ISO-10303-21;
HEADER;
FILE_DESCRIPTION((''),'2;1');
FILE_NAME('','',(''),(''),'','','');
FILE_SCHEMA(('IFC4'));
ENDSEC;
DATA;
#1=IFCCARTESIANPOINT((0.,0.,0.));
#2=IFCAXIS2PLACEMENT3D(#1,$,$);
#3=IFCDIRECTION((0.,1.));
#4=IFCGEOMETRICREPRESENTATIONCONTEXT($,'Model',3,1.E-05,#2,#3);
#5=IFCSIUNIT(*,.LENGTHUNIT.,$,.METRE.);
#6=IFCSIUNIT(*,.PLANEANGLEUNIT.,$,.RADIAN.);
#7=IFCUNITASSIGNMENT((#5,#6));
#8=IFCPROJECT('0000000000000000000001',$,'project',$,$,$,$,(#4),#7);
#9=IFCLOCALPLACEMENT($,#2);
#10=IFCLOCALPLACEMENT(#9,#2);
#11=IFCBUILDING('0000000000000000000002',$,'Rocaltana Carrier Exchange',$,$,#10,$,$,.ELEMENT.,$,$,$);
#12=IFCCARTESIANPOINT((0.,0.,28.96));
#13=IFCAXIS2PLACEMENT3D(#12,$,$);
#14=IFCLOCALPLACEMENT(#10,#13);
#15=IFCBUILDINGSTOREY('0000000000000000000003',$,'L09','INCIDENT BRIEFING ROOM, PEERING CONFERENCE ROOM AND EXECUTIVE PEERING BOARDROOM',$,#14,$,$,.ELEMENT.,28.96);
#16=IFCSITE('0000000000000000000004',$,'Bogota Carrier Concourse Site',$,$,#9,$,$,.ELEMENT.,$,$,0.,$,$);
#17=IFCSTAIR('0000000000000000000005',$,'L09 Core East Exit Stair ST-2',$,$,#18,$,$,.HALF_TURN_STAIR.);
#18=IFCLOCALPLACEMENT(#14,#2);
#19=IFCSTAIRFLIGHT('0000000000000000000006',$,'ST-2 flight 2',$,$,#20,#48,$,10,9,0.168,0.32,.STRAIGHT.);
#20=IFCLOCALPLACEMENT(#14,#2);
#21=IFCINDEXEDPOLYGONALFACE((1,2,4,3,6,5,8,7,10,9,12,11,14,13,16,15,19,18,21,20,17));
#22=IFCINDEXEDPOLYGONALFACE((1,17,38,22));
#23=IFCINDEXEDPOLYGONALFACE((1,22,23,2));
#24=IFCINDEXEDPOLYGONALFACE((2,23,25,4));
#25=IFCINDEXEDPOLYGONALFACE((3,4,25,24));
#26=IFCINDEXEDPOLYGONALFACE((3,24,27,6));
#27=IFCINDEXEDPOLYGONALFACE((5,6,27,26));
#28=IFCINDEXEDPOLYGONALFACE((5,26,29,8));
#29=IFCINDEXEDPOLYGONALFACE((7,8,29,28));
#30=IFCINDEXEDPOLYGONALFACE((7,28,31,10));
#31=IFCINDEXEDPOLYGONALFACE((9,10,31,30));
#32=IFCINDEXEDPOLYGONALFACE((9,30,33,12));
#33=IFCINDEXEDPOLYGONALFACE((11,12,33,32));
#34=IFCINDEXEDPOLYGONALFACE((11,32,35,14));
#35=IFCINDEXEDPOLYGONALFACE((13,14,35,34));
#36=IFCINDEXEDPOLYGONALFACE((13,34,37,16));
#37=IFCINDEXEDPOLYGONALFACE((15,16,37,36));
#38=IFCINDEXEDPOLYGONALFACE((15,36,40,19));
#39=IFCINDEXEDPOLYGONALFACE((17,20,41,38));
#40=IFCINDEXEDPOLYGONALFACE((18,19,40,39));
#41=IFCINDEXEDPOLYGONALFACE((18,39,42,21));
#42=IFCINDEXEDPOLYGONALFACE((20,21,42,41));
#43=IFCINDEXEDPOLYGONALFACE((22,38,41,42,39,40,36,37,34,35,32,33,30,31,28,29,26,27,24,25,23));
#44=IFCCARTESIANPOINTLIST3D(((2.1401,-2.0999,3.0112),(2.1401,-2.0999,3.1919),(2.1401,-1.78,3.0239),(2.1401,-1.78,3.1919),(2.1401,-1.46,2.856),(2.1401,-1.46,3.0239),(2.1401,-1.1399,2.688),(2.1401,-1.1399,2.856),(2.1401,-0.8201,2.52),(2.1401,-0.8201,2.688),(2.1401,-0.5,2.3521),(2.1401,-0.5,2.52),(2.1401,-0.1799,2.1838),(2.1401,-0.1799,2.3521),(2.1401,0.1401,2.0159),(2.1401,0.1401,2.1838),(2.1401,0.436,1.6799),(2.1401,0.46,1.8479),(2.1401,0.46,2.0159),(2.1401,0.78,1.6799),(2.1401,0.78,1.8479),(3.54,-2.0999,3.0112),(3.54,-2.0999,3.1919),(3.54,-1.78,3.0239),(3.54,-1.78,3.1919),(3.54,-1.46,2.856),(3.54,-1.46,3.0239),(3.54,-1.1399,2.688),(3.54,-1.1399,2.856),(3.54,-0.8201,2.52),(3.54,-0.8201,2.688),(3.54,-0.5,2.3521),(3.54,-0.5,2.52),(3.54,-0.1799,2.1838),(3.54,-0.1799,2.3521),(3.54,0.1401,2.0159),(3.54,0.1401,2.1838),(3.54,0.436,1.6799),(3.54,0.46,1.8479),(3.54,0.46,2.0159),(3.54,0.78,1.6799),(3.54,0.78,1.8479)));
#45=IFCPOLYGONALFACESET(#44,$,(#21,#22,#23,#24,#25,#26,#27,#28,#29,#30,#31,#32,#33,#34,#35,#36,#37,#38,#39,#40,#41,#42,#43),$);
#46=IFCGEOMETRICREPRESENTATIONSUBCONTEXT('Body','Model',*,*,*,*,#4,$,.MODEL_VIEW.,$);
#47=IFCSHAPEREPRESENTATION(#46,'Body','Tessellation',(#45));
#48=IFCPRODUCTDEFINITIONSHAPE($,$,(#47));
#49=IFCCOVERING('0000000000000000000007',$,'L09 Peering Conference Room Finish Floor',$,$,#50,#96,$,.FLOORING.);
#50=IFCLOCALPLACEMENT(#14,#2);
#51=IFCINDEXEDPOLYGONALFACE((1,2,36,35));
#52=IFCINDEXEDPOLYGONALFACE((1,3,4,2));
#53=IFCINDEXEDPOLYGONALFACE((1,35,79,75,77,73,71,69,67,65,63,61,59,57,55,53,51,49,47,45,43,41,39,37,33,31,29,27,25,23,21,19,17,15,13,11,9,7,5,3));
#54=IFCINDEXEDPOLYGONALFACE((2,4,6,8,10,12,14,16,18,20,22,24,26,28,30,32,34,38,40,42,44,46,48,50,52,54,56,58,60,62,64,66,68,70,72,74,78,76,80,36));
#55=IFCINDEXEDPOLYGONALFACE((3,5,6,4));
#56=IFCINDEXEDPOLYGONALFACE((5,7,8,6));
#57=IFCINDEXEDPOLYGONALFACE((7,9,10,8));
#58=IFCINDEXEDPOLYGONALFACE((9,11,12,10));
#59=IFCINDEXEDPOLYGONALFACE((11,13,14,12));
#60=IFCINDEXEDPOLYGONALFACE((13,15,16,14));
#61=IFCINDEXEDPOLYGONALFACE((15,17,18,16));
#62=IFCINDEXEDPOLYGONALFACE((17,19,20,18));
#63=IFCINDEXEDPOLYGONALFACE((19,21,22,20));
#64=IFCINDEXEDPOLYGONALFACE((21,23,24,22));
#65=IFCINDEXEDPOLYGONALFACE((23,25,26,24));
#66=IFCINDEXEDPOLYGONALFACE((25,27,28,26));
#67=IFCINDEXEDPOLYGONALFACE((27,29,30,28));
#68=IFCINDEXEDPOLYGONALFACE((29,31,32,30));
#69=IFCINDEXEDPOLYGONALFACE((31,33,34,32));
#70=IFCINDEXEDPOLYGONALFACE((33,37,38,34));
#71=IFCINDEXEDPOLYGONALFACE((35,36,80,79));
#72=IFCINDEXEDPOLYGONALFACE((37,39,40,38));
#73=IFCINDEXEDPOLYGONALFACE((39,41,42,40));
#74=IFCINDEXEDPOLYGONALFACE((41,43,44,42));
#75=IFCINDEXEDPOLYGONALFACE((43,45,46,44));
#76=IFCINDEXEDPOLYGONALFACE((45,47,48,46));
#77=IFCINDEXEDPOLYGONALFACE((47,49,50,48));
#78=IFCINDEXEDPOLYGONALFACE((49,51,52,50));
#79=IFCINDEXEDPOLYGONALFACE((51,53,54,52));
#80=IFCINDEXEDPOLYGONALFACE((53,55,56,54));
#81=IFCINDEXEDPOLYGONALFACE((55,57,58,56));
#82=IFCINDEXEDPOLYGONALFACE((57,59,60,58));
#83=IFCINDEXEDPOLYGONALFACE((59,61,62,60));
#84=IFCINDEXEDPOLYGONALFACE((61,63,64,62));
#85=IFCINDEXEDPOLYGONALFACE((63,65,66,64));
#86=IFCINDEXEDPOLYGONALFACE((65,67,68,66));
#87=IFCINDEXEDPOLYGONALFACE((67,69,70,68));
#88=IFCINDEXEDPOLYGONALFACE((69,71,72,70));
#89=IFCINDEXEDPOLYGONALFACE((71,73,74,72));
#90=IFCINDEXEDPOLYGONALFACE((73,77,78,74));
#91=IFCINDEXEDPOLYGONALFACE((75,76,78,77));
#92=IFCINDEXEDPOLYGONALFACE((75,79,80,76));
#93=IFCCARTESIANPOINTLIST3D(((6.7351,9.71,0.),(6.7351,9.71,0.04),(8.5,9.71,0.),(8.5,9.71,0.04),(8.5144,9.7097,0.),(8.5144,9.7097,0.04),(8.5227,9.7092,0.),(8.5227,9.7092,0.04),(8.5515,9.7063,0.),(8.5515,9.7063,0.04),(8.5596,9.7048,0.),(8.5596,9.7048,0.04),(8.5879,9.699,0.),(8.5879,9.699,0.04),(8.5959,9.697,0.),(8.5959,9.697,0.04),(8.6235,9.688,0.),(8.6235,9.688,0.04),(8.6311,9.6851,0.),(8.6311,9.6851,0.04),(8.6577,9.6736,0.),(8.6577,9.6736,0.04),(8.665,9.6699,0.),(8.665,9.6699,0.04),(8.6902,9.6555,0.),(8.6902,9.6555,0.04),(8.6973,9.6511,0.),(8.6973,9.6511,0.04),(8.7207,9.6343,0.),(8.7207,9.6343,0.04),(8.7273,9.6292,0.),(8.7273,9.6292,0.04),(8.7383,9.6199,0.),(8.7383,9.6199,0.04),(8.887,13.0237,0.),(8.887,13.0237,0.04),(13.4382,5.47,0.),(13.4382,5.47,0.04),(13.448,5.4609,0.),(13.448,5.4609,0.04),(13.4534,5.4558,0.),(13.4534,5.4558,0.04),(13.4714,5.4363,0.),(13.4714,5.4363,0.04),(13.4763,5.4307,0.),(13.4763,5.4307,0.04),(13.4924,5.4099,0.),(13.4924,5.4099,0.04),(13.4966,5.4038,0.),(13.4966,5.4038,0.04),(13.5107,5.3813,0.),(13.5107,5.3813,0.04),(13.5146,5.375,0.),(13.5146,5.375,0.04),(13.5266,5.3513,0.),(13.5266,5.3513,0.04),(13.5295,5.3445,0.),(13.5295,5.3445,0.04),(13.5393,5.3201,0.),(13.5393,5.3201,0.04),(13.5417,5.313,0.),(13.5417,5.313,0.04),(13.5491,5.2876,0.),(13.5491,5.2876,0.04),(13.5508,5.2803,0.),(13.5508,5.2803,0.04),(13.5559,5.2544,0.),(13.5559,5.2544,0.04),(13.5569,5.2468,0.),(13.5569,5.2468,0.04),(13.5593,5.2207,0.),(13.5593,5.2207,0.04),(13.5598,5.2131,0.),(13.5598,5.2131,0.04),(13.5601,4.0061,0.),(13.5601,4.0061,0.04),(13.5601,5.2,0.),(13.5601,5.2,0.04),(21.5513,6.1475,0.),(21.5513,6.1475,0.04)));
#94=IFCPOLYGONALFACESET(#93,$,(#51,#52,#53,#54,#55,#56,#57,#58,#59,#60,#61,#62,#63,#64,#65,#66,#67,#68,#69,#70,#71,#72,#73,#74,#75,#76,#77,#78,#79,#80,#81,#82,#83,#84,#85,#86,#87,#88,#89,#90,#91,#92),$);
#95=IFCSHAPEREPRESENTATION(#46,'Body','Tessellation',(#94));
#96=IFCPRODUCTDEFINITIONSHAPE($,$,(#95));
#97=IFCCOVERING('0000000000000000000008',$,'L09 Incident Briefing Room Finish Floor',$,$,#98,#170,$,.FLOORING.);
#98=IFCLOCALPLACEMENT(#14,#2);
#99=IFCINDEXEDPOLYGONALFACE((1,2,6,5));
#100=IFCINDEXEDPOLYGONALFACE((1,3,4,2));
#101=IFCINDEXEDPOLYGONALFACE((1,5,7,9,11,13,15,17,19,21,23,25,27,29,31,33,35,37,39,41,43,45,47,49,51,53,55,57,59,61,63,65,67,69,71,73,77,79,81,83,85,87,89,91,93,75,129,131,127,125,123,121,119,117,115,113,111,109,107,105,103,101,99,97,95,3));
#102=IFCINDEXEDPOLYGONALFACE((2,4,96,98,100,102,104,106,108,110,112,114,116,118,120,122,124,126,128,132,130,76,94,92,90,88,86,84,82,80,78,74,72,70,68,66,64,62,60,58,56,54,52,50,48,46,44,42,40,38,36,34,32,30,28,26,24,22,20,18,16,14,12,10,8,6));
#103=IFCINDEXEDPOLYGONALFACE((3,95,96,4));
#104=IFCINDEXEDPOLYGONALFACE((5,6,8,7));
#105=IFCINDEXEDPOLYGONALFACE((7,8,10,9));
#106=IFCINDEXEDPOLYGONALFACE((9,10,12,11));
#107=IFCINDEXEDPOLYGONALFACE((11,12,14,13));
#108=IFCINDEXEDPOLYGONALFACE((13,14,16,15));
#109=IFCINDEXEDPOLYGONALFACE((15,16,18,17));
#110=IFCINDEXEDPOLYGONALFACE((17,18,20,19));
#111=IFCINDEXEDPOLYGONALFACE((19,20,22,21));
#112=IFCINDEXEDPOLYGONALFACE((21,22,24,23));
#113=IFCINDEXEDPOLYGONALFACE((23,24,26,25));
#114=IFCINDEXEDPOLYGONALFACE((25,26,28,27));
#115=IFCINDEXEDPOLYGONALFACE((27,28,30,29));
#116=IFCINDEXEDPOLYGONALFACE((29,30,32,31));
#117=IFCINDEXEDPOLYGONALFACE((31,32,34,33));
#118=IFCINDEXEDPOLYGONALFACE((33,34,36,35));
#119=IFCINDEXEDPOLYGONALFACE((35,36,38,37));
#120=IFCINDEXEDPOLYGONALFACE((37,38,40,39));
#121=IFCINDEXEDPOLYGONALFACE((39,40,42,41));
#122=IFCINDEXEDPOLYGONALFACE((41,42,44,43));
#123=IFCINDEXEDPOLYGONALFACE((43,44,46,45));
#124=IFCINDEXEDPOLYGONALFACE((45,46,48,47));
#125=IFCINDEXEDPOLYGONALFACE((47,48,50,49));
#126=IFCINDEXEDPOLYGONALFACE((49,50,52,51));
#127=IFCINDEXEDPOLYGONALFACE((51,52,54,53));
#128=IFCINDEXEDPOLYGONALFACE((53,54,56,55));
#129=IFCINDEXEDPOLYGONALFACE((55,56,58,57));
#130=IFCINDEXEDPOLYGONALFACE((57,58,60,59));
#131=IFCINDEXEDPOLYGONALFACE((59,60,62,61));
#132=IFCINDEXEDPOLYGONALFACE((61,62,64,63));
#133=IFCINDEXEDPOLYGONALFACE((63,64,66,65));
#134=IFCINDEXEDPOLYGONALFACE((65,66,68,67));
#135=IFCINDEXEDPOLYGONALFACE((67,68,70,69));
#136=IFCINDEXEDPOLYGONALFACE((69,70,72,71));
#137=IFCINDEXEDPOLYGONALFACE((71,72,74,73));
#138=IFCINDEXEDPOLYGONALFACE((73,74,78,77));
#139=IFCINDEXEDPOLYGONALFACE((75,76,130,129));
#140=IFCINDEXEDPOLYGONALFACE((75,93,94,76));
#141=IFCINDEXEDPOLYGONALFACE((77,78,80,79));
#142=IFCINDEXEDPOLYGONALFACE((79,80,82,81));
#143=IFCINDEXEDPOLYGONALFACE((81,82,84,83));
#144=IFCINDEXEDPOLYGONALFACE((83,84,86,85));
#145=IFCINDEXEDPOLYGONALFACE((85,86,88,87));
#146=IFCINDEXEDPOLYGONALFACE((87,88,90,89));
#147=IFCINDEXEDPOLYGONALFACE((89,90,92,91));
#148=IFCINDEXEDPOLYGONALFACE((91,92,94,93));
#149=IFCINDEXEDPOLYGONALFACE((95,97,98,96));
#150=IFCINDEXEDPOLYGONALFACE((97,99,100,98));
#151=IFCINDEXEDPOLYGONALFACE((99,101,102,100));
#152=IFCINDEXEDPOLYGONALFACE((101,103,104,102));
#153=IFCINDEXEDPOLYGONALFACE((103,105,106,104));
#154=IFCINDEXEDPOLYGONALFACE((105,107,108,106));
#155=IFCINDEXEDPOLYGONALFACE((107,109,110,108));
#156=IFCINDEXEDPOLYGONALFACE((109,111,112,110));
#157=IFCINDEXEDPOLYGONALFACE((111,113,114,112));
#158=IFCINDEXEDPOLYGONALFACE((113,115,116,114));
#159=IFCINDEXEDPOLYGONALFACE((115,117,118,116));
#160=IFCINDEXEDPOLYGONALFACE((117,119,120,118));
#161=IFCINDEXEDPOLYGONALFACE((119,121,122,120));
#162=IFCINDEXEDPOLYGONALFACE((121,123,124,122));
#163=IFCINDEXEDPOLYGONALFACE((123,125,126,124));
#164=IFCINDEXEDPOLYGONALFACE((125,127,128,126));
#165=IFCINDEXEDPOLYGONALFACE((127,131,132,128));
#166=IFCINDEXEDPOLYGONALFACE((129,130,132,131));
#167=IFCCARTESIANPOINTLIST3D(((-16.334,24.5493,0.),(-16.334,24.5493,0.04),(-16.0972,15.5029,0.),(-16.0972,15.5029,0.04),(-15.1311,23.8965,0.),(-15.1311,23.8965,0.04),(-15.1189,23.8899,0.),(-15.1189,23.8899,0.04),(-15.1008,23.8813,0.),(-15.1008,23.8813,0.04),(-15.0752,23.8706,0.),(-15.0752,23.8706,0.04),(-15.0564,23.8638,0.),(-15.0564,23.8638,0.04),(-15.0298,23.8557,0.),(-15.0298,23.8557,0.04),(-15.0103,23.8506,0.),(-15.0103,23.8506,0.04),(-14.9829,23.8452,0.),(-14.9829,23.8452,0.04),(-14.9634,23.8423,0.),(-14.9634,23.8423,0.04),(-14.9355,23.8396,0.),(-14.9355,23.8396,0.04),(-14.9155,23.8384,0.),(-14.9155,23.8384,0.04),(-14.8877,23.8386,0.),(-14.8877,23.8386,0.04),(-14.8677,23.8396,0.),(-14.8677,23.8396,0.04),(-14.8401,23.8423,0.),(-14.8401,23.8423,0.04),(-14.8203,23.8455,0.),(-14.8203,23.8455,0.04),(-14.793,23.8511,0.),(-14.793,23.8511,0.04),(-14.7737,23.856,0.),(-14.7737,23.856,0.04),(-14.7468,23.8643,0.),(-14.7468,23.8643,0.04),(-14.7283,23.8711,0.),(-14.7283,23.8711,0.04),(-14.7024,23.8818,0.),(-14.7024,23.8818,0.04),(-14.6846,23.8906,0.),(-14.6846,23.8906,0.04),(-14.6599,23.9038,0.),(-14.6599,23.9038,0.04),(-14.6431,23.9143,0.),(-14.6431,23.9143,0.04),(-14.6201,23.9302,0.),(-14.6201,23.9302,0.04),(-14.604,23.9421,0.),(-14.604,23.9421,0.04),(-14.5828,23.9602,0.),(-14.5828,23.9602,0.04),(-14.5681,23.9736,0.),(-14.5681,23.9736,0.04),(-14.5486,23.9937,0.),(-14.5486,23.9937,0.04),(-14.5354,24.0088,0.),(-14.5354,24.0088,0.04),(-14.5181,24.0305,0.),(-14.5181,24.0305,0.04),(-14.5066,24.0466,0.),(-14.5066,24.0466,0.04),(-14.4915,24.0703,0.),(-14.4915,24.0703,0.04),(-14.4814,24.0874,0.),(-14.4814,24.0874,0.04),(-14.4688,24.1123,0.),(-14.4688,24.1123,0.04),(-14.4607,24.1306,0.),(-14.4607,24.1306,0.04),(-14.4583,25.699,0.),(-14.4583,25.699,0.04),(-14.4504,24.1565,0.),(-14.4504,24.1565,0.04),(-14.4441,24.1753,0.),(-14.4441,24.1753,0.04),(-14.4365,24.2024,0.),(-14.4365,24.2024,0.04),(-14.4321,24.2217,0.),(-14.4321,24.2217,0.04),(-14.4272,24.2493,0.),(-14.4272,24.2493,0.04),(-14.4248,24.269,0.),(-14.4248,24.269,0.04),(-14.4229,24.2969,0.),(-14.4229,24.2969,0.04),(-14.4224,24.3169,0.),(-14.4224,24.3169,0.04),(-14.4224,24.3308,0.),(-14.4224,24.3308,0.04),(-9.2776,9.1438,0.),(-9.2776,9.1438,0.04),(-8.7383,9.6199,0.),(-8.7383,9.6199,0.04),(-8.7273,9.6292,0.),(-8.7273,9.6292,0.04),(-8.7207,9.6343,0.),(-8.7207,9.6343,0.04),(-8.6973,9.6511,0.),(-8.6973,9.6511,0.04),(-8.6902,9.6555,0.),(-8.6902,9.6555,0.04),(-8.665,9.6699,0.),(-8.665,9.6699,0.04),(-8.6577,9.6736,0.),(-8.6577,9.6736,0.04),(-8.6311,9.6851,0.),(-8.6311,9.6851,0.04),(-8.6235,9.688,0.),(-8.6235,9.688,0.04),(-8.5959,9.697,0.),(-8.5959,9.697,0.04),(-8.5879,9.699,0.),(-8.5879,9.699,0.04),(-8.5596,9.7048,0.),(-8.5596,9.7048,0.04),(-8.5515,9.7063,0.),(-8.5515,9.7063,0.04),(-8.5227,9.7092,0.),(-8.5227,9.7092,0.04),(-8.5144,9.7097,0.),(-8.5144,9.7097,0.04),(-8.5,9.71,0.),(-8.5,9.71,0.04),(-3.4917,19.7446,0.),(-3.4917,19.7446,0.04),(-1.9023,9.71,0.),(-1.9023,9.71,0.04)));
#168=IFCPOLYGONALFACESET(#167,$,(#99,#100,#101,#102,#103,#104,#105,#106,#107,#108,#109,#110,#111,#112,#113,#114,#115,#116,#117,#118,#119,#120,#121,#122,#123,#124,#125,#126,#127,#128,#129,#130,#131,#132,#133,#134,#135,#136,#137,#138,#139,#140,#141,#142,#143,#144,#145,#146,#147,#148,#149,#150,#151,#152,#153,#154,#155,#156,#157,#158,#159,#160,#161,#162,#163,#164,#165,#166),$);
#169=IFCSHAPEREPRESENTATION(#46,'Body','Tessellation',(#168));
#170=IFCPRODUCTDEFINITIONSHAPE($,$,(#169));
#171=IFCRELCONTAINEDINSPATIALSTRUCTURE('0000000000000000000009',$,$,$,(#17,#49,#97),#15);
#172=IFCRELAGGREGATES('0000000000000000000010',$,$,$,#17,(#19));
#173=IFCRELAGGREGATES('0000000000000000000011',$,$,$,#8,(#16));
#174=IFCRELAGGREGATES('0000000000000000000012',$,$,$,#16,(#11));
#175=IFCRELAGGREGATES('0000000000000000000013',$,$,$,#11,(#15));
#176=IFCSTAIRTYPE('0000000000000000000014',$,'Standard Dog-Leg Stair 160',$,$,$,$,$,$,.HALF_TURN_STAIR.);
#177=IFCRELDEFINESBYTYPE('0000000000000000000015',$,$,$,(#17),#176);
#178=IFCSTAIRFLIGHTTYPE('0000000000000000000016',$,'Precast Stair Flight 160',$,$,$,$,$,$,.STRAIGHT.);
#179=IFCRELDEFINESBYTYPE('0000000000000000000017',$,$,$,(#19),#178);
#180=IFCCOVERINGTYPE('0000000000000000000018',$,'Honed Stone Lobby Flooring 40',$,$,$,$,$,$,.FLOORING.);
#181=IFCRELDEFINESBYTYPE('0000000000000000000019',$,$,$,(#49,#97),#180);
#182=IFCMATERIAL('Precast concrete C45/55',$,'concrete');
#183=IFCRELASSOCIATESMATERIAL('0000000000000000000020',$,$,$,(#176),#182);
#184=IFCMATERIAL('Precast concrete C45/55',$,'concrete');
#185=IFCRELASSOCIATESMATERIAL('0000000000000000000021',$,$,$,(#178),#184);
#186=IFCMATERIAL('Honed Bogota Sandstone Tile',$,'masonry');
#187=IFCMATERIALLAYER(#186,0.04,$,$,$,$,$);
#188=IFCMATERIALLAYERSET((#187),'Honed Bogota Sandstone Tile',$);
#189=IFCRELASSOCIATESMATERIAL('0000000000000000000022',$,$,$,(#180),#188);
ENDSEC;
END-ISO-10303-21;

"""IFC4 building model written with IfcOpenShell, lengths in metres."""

from ifc_helpers import new_model, si_unit, direction, frame, origin, place, context, subcontext, project, spatial, polyline, outline, extrude, material, layer, layer_set, type_object, element, aggregate, save


model = new_model("IFC4")

# Units and contexts
model_context = context("Model", 3, precision=1e-05, world=origin(), true_north=direction((0.0, 1.0)))
body_context = subcontext(model_context, "Body", "Model", "MODEL_VIEW")
ifc_project = project(units=[si_unit("LENGTHUNIT", "METRE"), si_unit("PLANEANGLEUNIT", "RADIAN")], contexts=[model_context])

# Site, building, storey
site_placement = place(None, origin())
site = spatial("IfcSite", under=ifc_project, at=site_placement, Name="Bogota Carrier Concourse Site", CompositionType="ELEMENT", RefElevation=0.0)
building_placement = place(site_placement, origin())
building = spatial("IfcBuilding", under=site, at=building_placement, Name="Rocaltana Carrier Exchange", CompositionType="ELEMENT")
storey_placement = place(building_placement, frame((0.0, 0.0, 28.96)))
storey = spatial("IfcBuildingStorey", under=building, at=storey_placement, Name="L09", Description="INCIDENT BRIEFING ROOM, PEERING CONFERENCE ROOM AND EXECUTIVE PEERING BOARDROOM", CompositionType="ELEMENT", Elevation=28.96)

# Stair, stair flight
ifc_material_1 = material(Name="Precast concrete C45/55", Category="concrete")
stair_type = type_object("IfcStairType", Name="Standard Dog-Leg Stair 160", PredefinedType="HALF_TURN_STAIR", material=ifc_material_1)
stair_placement = place(storey_placement, origin())
stair = element("IfcStair", 1, at=stair_placement, inside=storey, type_object=stair_type, Name="L09 Core East Exit Stair ST-2", PredefinedType="HALF_TURN_STAIR")
ifc_material_2 = material(Name="Precast concrete C45/55", Category="concrete")
stair_flight_type = type_object("IfcStairFlightType", Name="Precast Stair Flight 160", PredefinedType="STRAIGHT", material=ifc_material_2)
stair_flight_placement = place(storey_placement, frame((2.8401, 0.78, 1.6799), z_axis=(0.0, 0.0, 1.0), x_axis=(0.0, -1.0, 0.0)))
stair_flight = element("IfcStairFlight", 2, at=stair_flight_placement, type_object=stair_flight_type, Name="ST-2 flight 2", NumberOfRisers=10, NumberOfTreads=9, PredefinedType="STRAIGHT", RiserHeight=0.168, TreadLength=0.32, context=body_context, shape_type="SweptSolid", body=[
    extrude(outline(polyline([(0.0, 0.0), (0.0, 0.168), (0.3201, 0.168), (0.3201, 0.3359), (0.6399, 0.3359), (0.6399, 0.5039), (0.96, 0.5039), (0.96, 0.6721), (1.28, 0.6721), (1.28, 0.8401), (1.6001, 0.8401), (1.6001, 1.0081), (1.9199, 1.0081), (1.9199, 1.176), (2.24, 1.176), (2.24, 1.344), (2.5601, 1.344), (2.5601, 1.512), (2.8799, 1.512), (2.8799, 1.6799), (2.8799, 1.3313), (0.344, 0.0), (0.0, 0.0)])), frame((0.0, 0.7, 0.0), z_axis=(0.0, -1.0, 0.0), x_axis=(1.0, 0.0, 0.0)), (0.0, 0.0, 1.0), 1.3999),
])
aggregate(stair, [stair_flight])

# Coverings
ifc_material_3 = material(Name="Honed Bogota Sandstone Tile", Category="masonry")
ifc_layer_1 = layer(ifc_material_3, 0.04)
ifc_layer_set_1 = layer_set([ifc_layer_1], Name="Honed Bogota Sandstone Tile")
covering_type_1 = type_object("IfcCoveringType", Name="Honed Stone Lobby Flooring 40", PredefinedType="FLOORING", material=ifc_layer_set_1)
covering_1_placement = place(storey_placement, origin())
element("IfcCovering", 3, at=covering_1_placement, inside=storey, type_object=covering_type_1, Name="L09 Peering Conference Room Finish Floor", PredefinedType="FLOORING", context=body_context, shape_type="SweptSolid", body=[
    extrude(outline(polyline([(21.5513, 6.1475), (13.5601, 4.0061), (13.5601, 5.2), (13.5598, 5.2131), (13.5593, 5.2207), (13.5569, 5.2468), (13.5559, 5.2544), (13.5508, 5.2803), (13.5491, 5.2876), (13.5417, 5.313), (13.5393, 5.3201), (13.5295, 5.3445), (13.5266, 5.3513), (13.5146, 5.375), (13.5107, 5.3813), (13.4966, 5.4038), (13.4924, 5.4099), (13.4763, 5.4307), (13.4714, 5.4363), (13.4534, 5.4558), (13.448, 5.4609), (13.4382, 5.47), (8.7383, 9.6199), (8.7273, 9.6292), (8.7207, 9.6343), (8.6973, 9.6511), (8.6902, 9.6555), (8.665, 9.6699), (8.6577, 9.6736), (8.6311, 9.6851), (8.6235, 9.688), (8.5959, 9.697), (8.5879, 9.699), (8.5596, 9.7048), (8.5515, 9.7063), (8.5227, 9.7092), (8.5144, 9.7097), (8.5, 9.71), (6.7351, 9.71), (8.887, 13.0237), (21.5513, 6.1475)])), origin(), (0.0, 0.0, 1.0), 0.04),
])
covering_2_placement = place(storey_placement, origin())
element("IfcCovering", 4, at=covering_2_placement, inside=storey, type_object=covering_type_1, Name="L09 Incident Briefing Room Finish Floor", PredefinedType="FLOORING", context=body_context, shape_type="SweptSolid", body=[
    extrude(outline(polyline([(-16.334, 24.5493), (-15.1311, 23.8965), (-15.1189, 23.8899), (-15.1008, 23.8813), (-15.0752, 23.8706), (-15.0564, 23.8638), (-15.0298, 23.8557), (-15.0103, 23.8506), (-14.9829, 23.8452), (-14.9634, 23.8423), (-14.9355, 23.8396), (-14.9155, 23.8384), (-14.8877, 23.8386), (-14.8677, 23.8396), (-14.8401, 23.8423), (-14.8203, 23.8455), (-14.793, 23.8511), (-14.7737, 23.856), (-14.7468, 23.8643), (-14.7283, 23.8711), (-14.7024, 23.8818), (-14.6846, 23.8906), (-14.6599, 23.9038), (-14.6431, 23.9143), (-14.6201, 23.9302), (-14.604, 23.9421), (-14.5828, 23.9602), (-14.5681, 23.9736), (-14.5486, 23.9937), (-14.5354, 24.0088), (-14.5181, 24.0305), (-14.5066, 24.0466), (-14.4915, 24.0703), (-14.4814, 24.0874), (-14.4688, 24.1123), (-14.4607, 24.1306), (-14.4504, 24.1565), (-14.4441, 24.1753), (-14.4365, 24.2024), (-14.4321, 24.2217), (-14.4272, 24.2493), (-14.4248, 24.269), (-14.4229, 24.2969), (-14.4224, 24.3169), (-14.4224, 24.3308), (-14.4583, 25.699), (-3.4917, 19.7446), (-1.9023, 9.71), (-8.5, 9.71), (-8.5144, 9.7097), (-8.5227, 9.7092), (-8.5515, 9.7063), (-8.5596, 9.7048), (-8.5879, 9.699), (-8.5959, 9.697), (-8.6235, 9.688), (-8.6311, 9.6851), (-8.6577, 9.6736), (-8.665, 9.6699), (-8.6902, 9.6555), (-8.6973, 9.6511), (-8.7207, 9.6343), (-8.7273, 9.6292), (-8.7383, 9.6199), (-9.2776, 9.1438), (-16.0972, 15.5029), (-16.334, 24.5493)])), origin(), (0.0, 0.0, 1.0), 0.04),
])

save(model, "model.ifc")
